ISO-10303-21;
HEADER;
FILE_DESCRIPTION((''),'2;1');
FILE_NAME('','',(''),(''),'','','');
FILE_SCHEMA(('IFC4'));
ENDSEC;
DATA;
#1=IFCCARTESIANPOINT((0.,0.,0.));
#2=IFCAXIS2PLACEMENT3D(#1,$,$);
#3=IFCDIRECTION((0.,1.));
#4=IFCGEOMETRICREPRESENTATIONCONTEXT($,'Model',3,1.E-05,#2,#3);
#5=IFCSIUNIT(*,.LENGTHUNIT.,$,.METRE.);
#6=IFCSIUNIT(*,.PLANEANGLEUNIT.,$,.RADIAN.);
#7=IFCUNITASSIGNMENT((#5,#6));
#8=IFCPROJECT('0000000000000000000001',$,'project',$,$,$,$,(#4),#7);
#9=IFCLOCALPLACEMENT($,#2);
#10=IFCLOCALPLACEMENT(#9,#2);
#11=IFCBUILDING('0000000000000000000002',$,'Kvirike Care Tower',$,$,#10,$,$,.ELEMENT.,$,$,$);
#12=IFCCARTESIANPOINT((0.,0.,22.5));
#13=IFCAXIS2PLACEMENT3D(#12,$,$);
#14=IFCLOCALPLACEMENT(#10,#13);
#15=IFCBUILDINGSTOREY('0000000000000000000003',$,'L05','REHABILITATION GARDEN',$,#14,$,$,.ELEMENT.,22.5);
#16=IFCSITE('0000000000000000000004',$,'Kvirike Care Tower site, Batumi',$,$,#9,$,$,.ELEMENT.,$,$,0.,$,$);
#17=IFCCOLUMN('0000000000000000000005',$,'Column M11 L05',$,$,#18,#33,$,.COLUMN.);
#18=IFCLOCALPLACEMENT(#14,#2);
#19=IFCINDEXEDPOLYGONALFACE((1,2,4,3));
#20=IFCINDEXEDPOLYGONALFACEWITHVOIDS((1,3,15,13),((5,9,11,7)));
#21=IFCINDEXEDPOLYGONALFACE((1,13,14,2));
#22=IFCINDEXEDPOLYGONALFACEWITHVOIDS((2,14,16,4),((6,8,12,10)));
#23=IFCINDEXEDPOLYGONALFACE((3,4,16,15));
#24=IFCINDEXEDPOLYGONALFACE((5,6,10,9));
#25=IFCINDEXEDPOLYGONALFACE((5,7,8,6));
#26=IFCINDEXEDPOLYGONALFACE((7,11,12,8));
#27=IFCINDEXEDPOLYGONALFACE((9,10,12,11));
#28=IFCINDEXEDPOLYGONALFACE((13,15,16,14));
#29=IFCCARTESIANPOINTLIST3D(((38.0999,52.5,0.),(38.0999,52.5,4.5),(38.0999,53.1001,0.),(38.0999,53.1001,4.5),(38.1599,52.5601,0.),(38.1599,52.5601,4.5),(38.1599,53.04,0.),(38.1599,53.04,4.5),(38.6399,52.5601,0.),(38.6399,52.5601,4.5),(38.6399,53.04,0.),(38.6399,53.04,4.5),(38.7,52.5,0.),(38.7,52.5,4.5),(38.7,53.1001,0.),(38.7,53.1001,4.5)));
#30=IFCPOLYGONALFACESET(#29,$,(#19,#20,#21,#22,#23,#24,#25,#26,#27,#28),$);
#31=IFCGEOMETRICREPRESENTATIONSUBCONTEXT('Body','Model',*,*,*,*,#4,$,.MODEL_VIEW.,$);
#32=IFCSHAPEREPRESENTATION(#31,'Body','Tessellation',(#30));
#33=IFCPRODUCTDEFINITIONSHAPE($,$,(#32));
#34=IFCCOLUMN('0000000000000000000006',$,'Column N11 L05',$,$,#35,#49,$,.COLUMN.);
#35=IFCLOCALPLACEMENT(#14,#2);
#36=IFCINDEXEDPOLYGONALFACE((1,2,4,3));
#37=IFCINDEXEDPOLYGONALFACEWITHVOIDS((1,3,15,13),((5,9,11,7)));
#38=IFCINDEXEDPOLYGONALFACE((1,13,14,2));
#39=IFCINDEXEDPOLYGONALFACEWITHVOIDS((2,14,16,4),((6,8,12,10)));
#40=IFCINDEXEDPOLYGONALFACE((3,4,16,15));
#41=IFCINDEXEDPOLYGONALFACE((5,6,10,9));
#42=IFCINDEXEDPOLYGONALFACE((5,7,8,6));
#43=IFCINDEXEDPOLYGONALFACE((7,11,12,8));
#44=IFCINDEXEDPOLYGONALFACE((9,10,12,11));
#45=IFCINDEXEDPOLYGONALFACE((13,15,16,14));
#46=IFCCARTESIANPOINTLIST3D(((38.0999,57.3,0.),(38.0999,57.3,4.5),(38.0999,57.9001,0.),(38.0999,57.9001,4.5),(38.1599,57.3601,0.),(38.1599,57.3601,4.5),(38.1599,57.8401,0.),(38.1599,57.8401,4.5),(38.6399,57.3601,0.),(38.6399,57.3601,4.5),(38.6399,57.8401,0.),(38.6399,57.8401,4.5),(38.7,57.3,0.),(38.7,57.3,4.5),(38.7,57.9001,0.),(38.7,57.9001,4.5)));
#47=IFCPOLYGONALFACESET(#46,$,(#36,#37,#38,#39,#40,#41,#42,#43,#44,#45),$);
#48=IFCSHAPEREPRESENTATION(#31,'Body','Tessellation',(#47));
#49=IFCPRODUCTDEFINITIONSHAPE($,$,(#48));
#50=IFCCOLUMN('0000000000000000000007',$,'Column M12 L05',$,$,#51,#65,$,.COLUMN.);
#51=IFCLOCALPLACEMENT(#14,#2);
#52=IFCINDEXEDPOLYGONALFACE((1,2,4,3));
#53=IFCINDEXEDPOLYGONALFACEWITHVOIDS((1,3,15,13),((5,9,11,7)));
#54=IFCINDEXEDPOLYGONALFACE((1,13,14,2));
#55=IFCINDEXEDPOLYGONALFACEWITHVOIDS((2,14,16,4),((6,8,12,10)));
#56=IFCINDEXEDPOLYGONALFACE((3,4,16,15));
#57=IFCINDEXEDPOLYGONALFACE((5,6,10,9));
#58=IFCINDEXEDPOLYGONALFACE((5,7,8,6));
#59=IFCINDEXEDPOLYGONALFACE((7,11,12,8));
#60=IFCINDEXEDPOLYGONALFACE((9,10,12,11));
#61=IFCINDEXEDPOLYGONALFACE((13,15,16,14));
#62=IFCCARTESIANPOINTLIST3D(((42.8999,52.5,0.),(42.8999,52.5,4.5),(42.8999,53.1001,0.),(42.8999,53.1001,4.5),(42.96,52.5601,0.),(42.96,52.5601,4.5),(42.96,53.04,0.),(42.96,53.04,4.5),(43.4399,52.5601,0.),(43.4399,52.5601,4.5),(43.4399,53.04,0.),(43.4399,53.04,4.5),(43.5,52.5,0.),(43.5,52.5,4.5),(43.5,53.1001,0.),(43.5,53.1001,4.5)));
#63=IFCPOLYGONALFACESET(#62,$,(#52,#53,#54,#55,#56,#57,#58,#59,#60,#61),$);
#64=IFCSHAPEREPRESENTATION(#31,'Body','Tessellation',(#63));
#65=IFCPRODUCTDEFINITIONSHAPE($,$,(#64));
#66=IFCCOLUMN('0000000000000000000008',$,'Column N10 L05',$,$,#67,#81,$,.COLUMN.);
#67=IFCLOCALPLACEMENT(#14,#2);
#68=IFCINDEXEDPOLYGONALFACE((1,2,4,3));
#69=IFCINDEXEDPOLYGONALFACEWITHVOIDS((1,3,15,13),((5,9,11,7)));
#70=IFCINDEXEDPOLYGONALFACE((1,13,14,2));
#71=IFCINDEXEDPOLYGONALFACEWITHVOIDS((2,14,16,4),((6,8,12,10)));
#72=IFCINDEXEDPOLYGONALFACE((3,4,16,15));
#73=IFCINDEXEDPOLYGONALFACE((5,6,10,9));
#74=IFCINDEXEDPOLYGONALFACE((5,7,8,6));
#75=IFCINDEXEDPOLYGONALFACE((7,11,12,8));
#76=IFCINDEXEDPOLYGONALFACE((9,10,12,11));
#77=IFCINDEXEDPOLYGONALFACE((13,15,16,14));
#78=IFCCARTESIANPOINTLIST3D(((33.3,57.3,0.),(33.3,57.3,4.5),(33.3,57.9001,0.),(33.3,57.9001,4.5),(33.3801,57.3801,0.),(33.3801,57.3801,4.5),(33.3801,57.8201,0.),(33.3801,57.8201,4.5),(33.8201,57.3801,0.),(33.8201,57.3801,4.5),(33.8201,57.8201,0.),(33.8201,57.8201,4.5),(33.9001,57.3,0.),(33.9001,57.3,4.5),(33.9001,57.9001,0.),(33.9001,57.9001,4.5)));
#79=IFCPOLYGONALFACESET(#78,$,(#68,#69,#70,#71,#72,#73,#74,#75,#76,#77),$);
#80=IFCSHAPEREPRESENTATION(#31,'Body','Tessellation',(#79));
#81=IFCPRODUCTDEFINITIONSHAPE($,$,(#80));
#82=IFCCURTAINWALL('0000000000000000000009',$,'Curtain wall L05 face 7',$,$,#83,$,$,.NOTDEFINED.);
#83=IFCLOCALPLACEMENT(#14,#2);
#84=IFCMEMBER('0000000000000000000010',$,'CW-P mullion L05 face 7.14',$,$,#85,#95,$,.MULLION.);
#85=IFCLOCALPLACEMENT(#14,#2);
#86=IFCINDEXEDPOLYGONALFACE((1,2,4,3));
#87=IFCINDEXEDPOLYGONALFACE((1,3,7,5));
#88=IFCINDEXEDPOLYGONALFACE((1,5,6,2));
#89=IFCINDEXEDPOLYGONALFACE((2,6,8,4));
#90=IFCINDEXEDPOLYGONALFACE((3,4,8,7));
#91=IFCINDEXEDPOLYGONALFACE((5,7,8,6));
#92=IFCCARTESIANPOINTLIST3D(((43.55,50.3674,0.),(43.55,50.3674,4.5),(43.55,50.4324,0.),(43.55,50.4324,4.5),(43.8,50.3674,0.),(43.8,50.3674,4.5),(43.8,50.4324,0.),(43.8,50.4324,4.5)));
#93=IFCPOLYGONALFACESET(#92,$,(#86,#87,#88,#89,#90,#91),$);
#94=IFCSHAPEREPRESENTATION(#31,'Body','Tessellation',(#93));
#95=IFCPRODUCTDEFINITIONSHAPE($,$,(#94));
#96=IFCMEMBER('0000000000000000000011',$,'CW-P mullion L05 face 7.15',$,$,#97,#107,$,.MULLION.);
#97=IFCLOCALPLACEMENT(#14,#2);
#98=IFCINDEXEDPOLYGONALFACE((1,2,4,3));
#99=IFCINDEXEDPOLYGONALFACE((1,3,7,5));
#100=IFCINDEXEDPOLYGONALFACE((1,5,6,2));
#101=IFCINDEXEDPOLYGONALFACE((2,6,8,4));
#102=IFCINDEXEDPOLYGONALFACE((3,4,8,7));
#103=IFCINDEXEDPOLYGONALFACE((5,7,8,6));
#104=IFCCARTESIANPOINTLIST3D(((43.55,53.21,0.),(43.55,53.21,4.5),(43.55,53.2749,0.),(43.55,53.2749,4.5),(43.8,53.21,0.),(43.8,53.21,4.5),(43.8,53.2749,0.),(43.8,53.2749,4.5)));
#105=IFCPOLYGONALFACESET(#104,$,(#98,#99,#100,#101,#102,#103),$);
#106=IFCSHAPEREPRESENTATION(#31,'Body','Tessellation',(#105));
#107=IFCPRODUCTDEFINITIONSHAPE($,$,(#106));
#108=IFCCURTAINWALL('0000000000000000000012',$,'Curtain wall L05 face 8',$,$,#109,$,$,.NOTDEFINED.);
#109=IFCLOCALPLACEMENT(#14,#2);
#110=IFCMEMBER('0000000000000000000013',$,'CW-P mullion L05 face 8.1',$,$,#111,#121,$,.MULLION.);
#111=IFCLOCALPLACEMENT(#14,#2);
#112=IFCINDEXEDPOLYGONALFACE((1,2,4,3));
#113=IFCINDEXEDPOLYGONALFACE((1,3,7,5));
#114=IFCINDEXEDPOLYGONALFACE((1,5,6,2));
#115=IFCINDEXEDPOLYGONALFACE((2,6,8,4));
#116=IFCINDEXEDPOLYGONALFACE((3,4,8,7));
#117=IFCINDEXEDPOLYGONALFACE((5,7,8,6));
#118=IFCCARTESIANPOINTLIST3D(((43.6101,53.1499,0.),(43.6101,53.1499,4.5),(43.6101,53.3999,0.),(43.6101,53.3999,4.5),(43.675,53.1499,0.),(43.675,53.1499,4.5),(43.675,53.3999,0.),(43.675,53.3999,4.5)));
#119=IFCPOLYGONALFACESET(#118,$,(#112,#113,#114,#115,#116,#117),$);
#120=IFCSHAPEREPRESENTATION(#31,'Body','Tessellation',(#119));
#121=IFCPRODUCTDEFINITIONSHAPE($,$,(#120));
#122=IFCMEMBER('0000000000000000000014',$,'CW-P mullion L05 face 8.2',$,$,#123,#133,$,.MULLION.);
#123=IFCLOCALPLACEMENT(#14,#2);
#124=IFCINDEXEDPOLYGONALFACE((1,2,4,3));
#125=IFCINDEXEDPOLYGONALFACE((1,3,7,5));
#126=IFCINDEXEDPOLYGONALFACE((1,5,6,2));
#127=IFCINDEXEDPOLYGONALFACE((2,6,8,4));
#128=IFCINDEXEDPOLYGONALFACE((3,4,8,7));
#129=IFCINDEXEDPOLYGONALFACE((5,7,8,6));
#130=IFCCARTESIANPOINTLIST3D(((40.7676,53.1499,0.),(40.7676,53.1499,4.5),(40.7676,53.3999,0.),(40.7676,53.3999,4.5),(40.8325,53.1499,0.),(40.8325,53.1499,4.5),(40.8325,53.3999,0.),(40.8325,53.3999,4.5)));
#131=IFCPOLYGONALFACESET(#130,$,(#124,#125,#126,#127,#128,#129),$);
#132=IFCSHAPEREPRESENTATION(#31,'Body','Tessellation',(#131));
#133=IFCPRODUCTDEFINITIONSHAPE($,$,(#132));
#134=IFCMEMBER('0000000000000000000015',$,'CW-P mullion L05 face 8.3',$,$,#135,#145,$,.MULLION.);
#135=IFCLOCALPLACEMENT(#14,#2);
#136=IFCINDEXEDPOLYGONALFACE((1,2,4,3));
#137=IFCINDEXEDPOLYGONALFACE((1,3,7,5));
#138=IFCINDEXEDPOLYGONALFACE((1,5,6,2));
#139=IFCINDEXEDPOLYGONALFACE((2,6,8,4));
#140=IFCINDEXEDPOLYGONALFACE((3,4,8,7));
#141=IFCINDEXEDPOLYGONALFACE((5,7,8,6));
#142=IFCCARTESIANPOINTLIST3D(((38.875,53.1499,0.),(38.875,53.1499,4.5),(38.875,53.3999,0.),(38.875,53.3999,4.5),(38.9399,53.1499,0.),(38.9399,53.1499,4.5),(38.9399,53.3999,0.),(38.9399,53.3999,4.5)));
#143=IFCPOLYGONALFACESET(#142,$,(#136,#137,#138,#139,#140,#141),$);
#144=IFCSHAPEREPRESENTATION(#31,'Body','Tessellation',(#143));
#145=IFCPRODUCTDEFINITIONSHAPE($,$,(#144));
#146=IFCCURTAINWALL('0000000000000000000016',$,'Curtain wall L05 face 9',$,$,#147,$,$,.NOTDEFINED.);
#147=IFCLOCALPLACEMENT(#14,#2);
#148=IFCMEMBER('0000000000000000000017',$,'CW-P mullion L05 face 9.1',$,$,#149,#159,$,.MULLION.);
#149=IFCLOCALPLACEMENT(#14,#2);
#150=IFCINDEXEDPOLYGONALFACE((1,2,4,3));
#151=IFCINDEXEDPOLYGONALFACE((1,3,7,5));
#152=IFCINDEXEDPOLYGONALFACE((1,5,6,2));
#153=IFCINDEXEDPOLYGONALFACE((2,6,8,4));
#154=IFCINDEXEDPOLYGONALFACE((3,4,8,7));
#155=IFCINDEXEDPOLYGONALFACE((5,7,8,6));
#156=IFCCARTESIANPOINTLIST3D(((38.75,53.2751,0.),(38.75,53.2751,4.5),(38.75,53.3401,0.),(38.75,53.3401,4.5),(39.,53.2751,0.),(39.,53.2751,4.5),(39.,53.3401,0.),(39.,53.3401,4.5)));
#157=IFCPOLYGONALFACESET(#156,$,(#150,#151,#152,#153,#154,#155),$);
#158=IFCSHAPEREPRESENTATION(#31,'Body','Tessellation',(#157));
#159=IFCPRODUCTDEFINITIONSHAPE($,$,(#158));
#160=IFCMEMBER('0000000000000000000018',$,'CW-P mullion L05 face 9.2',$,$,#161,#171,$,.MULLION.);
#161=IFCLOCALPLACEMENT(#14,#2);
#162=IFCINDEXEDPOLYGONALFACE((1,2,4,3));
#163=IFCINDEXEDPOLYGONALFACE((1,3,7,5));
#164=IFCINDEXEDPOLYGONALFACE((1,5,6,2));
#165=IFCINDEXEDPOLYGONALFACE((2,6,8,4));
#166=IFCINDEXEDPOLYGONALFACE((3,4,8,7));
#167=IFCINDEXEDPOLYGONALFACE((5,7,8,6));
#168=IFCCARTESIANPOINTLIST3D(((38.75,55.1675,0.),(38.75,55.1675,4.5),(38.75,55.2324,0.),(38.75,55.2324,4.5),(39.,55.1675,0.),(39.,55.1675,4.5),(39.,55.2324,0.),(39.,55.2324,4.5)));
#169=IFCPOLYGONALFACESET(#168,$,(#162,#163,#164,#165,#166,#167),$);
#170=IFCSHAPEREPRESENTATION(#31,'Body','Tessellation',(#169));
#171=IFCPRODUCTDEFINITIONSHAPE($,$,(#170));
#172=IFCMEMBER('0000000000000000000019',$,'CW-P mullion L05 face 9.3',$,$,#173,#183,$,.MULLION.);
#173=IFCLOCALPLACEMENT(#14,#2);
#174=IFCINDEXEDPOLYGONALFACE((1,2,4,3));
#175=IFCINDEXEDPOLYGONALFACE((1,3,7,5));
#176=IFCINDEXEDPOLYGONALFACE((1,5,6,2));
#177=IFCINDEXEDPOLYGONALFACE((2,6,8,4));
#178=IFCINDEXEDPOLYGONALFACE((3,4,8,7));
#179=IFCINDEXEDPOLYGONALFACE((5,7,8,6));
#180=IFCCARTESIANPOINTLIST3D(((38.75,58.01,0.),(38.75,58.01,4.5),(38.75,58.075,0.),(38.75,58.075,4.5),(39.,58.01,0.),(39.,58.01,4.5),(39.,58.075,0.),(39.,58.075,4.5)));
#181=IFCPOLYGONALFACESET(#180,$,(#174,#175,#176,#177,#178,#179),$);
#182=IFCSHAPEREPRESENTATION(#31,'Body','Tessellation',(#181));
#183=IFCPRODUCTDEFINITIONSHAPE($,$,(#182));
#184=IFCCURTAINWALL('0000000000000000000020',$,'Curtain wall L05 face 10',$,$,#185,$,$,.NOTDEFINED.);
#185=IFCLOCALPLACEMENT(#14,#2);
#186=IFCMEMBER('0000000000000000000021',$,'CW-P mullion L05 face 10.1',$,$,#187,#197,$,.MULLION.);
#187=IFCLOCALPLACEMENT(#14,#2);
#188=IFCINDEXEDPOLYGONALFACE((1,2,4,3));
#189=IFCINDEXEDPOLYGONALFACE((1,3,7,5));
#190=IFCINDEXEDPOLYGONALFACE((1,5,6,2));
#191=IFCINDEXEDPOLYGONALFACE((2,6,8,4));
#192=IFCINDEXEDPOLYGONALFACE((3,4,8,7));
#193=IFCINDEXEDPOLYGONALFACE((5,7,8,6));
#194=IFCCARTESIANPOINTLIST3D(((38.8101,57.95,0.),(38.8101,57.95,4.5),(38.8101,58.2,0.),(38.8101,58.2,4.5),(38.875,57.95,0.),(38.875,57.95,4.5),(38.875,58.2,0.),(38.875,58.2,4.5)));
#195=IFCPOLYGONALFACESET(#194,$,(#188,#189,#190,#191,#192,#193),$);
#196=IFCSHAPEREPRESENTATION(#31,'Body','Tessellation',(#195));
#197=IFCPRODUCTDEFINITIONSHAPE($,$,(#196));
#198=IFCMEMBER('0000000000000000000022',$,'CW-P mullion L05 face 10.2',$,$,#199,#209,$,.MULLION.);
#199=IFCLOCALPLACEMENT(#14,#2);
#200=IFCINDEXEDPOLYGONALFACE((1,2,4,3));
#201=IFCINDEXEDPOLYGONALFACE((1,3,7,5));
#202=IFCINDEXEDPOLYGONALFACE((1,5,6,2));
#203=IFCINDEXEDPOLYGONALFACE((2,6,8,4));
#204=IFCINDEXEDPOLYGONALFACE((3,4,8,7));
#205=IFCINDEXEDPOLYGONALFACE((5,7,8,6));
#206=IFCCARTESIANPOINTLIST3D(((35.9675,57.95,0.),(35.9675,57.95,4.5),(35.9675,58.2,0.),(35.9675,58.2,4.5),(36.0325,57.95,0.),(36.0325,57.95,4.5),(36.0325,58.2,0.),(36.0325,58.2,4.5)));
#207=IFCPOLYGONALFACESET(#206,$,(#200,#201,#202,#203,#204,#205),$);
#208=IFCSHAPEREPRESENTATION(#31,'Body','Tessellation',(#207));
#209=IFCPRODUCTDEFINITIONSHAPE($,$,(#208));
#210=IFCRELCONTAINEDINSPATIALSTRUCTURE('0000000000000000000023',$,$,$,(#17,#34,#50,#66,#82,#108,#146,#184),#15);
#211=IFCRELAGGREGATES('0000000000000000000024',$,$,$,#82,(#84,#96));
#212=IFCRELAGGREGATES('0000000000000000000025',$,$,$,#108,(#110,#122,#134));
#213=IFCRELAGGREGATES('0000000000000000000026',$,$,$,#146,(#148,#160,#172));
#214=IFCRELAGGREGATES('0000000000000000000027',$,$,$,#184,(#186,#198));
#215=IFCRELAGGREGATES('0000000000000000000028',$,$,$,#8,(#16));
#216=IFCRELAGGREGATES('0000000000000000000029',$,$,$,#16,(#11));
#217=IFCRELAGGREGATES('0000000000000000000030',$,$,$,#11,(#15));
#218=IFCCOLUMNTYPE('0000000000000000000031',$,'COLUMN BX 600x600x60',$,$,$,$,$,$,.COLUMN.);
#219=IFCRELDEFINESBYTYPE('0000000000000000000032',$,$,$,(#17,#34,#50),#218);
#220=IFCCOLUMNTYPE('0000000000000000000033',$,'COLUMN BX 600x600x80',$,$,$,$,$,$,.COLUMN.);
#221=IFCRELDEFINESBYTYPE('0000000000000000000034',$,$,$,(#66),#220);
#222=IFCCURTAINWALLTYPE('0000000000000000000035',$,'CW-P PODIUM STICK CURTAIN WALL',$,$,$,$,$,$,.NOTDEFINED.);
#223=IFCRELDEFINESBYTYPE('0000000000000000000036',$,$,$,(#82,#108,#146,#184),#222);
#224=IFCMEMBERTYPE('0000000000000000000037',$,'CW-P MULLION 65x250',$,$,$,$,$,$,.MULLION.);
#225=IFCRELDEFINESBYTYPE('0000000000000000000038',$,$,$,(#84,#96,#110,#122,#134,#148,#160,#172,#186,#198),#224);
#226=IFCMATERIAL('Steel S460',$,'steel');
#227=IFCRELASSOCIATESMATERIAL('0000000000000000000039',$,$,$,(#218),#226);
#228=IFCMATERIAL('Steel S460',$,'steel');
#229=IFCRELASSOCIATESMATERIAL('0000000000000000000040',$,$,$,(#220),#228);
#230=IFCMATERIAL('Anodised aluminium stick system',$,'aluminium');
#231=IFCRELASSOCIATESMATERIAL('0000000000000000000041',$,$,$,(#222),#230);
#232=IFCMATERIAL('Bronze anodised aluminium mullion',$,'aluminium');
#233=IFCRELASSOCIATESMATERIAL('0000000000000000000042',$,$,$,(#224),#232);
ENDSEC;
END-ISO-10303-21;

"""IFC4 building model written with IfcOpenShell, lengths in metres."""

from ifc_helpers import new_model, si_unit, direction, frame, origin, origin_2d, place, context, subcontext, project, spatial, rectangle, hollow_rectangle, extrude, material, material_profile, profile_set, type_object, element, aggregate, save


model = new_model("IFC4")

# Units and contexts
model_context = context("Model", 3, precision=1e-05, world=origin(), true_north=direction((0.0, 1.0)))
body_context = subcontext(model_context, "Body", "Model", "MODEL_VIEW")
ifc_project = project(units=[si_unit("LENGTHUNIT", "METRE"), si_unit("PLANEANGLEUNIT", "RADIAN")], contexts=[model_context])

# Site, building, storey
site_placement = place(None, origin())
site = spatial("IfcSite", under=ifc_project, at=site_placement, Name="Kvirike Care Tower site, Batumi", CompositionType="ELEMENT", RefElevation=0.0)
building_placement = place(site_placement, origin())
building = spatial("IfcBuilding", under=site, at=building_placement, Name="Kvirike Care Tower", CompositionType="ELEMENT")
storey_placement = place(building_placement, frame((0.0, 0.0, 22.5)))
storey = spatial("IfcBuildingStorey", under=building, at=storey_placement, Name="L05", Description="REHABILITATION GARDEN", CompositionType="ELEMENT", Elevation=22.5)

# Columns
ifc_material_1 = material(Name="Steel S460", Category="steel")
ifc_material_profile_1 = material_profile(ifc_material_1, hollow_rectangle(XDim=0.6001, YDim=0.6001, WallThickness=0.0601, at=origin_2d()), Name="BX 600x600x60")
ifc_profile_set_1 = profile_set([ifc_material_profile_1], Name="Steel S460")
column_type_1 = type_object("IfcColumnType", Name="COLUMN BX 600x600x60", PredefinedType="COLUMN", material=ifc_profile_set_1)
for number, where, z_axis, x_axis, name in (
    (1, (38.3999, 52.8, 0.0), (0.0, 0.0, 1.0), (0.0, 1.0, 0.0), "Column M11 L05"),
    (2, (38.3999, 57.6001, 0.0), (0.0, 0.0, 1.0), (0.0, 1.0, 0.0), "Column N11 L05"),
    (3, (43.2, 52.8, 0.0), (0.0, 0.0, 1.0), (0.0, 1.0, 0.0), "Column M12 L05"),
):
    element("IfcColumn", number, at=place(storey_placement, frame(where, z_axis=z_axis, x_axis=x_axis)), inside=storey, type_object=column_type_1, Name=name, PredefinedType="COLUMN", context=body_context, shape_type="SweptSolid", body=[
        extrude(hollow_rectangle(XDim=0.6001, YDim=0.6001, WallThickness=0.0601, at=origin_2d()), origin(), (0.0, 0.0, 1.0), 4.5),
    ])
ifc_material_2 = material(Name="Steel S460", Category="steel")
ifc_material_profile_2 = material_profile(ifc_material_2, hollow_rectangle(XDim=0.6001, YDim=0.6001, WallThickness=0.0801, at=origin_2d()), Name="BX 600x600x80")
ifc_profile_set_2 = profile_set([ifc_material_profile_2], Name="Steel S460")
column_type_2 = type_object("IfcColumnType", Name="COLUMN BX 600x600x80", PredefinedType="COLUMN", material=ifc_profile_set_2)
column_placement = place(storey_placement, frame((33.6001, 57.6001, 0.0), z_axis=(0.0, 0.0, 1.0), x_axis=(0.0, 1.0, 0.0)))
element("IfcColumn", 4, at=column_placement, inside=storey, type_object=column_type_2, Name="Column N10 L05", PredefinedType="COLUMN", context=body_context, shape_type="SweptSolid", body=[
    extrude(hollow_rectangle(XDim=0.6001, YDim=0.6001, WallThickness=0.0801, at=origin_2d()), origin(), (0.0, 0.0, 1.0), 4.5),
])

# Curtain walls, members
ifc_material_3 = material(Name="Anodised aluminium stick system", Category="aluminium")
curtain_wall_type = type_object("IfcCurtainWallType", Name="CW-P PODIUM STICK CURTAIN WALL", PredefinedType="NOTDEFINED", material=ifc_material_3)
curtain_wall_1_placement = place(storey_placement, origin())
curtain_wall_1 = element("IfcCurtainWall", 5, at=curtain_wall_1_placement, inside=storey, type_object=curtain_wall_type, Name="Curtain wall L05 face 7", PredefinedType="NOTDEFINED")
ifc_material_4 = material(Name="Bronze anodised aluminium mullion", Category="aluminium")
ifc_material_profile_3 = material_profile(ifc_material_4, rectangle(XDim=0.0649, YDim=0.25, at=origin_2d()), Name="CW-P MULLION 65x250")
ifc_profile_set_3 = profile_set([ifc_material_profile_3], Name="Bronze anodised aluminium mullion")
member_type_1 = type_object("IfcMemberType", Name="CW-P MULLION 65x250", PredefinedType="MULLION", material=ifc_profile_set_3)
member_1_placement = place(storey_placement, frame((43.675, 50.3999, 0.0), z_axis=(0.0, 0.0, 1.0), x_axis=(0.0, 1.0, 0.0)))
member_1 = element("IfcMember", 6, at=member_1_placement, type_object=member_type_1, Name="CW-P mullion L05 face 7.14", PredefinedType="MULLION", context=body_context, shape_type="SweptSolid", body=[
    extrude(rectangle(XDim=0.0649, YDim=0.25, at=origin_2d()), origin(), (0.0, 0.0, 1.0), 4.5),
])
member_2_placement = place(storey_placement, frame((43.675, 53.2424, 0.0), z_axis=(0.0, 0.0, 1.0), x_axis=(0.0, 1.0, 0.0)))
member_2 = element("IfcMember", 7, at=member_2_placement, type_object=member_type_1, Name="CW-P mullion L05 face 7.15", PredefinedType="MULLION", context=body_context, shape_type="SweptSolid", body=[
    extrude(rectangle(XDim=0.0649, YDim=0.25, at=origin_2d()), origin(), (0.0, 0.0, 1.0), 4.5),
])
curtain_wall_2_placement = place(storey_placement, origin())
curtain_wall_2 = element("IfcCurtainWall", 8, at=curtain_wall_2_placement, inside=storey, type_object=curtain_wall_type, Name="Curtain wall L05 face 8", PredefinedType="NOTDEFINED")
member_3_placement = place(storey_placement, frame((43.6426, 53.2749, 0.0), z_axis=(0.0, 0.0, 1.0), x_axis=(-1.0, 0.0, 0.0)))
member_3 = element("IfcMember", 9, at=member_3_placement, type_object=member_type_1, Name="CW-P mullion L05 face 8.1", PredefinedType="MULLION", context=body_context, shape_type="SweptSolid", body=[
    extrude(rectangle(XDim=0.0649, YDim=0.25, at=origin_2d()), origin(), (0.0, 0.0, 1.0), 4.5),
])
member_4_placement = place(storey_placement, frame((40.8, 53.2749, 0.0), z_axis=(0.0, 0.0, 1.0), x_axis=(-1.0, 0.0, 0.0)))
member_4 = element("IfcMember", 10, at=member_4_placement, type_object=member_type_1, Name="CW-P mullion L05 face 8.2", PredefinedType="MULLION", context=body_context, shape_type="SweptSolid", body=[
    extrude(rectangle(XDim=0.0649, YDim=0.25, at=origin_2d()), origin(), (0.0, 0.0, 1.0), 4.5),
])
member_5_placement = place(storey_placement, frame((38.9075, 53.2749, 0.0), z_axis=(0.0, 0.0, 1.0), x_axis=(-1.0, 0.0, 0.0)))
member_5 = element("IfcMember", 11, at=member_5_placement, type_object=member_type_1, Name="CW-P mullion L05 face 8.3", PredefinedType="MULLION", context=body_context, shape_type="SweptSolid", body=[
    extrude(rectangle(XDim=0.0649, YDim=0.25, at=origin_2d()), origin(), (0.0, 0.0, 1.0), 4.5),
])
curtain_wall_3_placement = place(storey_placement, origin())
curtain_wall_3 = element("IfcCurtainWall", 12, at=curtain_wall_3_placement, inside=storey, type_object=curtain_wall_type, Name="Curtain wall L05 face 9", PredefinedType="NOTDEFINED")
member_6_placement = place(storey_placement, frame((38.875, 53.3076, 0.0), z_axis=(0.0, 0.0, 1.0), x_axis=(0.0, 1.0, 0.0)))
member_6 = element("IfcMember", 13, at=member_6_placement, type_object=member_type_1, Name="CW-P mullion L05 face 9.1", PredefinedType="MULLION", context=body_context, shape_type="SweptSolid", body=[
    extrude(rectangle(XDim=0.0649, YDim=0.25, at=origin_2d()), origin(), (0.0, 0.0, 1.0), 4.5),
])
member_7_placement = place(storey_placement, frame((38.875, 55.2, 0.0), z_axis=(0.0, 0.0, 1.0), x_axis=(0.0, 1.0, 0.0)))
member_7 = element("IfcMember", 14, at=member_7_placement, type_object=member_type_1, Name="CW-P mullion L05 face 9.2", PredefinedType="MULLION", context=body_context, shape_type="SweptSolid", body=[
    extrude(rectangle(XDim=0.0649, YDim=0.25, at=origin_2d()), origin(), (0.0, 0.0, 1.0), 4.5),
])
member_8_placement = place(storey_placement, frame((38.875, 58.0425, 0.0), z_axis=(0.0, 0.0, 1.0), x_axis=(0.0, 1.0, 0.0)))
member_8 = element("IfcMember", 15, at=member_8_placement, type_object=member_type_1, Name="CW-P mullion L05 face 9.3", PredefinedType="MULLION", context=body_context, shape_type="SweptSolid", body=[
    extrude(rectangle(XDim=0.0649, YDim=0.25, at=origin_2d()), origin(), (0.0, 0.0, 1.0), 4.5),
])
curtain_wall_4_placement = place(storey_placement, origin())
curtain_wall_4 = element("IfcCurtainWall", 16, at=curtain_wall_4_placement, inside=storey, type_object=curtain_wall_type, Name="Curtain wall L05 face 10", PredefinedType="NOTDEFINED")
member_9_placement = place(storey_placement, frame((38.8425, 58.075, 0.0), z_axis=(0.0, 0.0, 1.0), x_axis=(-1.0, 0.0, 0.0)))
member_9 = element("IfcMember", 17, at=member_9_placement, type_object=member_type_1, Name="CW-P mullion L05 face 10.1", PredefinedType="MULLION", context=body_context, shape_type="SweptSolid", body=[
    extrude(rectangle(XDim=0.0649, YDim=0.25, at=origin_2d()), origin(), (0.0, 0.0, 1.0), 4.5),
])
member_10_placement = place(storey_placement, frame((36.0, 58.075, 0.0), z_axis=(0.0, 0.0, 1.0), x_axis=(-1.0, 0.0, 0.0)))
member_10 = element("IfcMember", 18, at=member_10_placement, type_object=member_type_1, Name="CW-P mullion L05 face 10.2", PredefinedType="MULLION", context=body_context, shape_type="SweptSolid", body=[
    extrude(rectangle(XDim=0.0649, YDim=0.25, at=origin_2d()), origin(), (0.0, 0.0, 1.0), 4.5),
])

aggregate(curtain_wall_1, [member_1, member_2])
aggregate(curtain_wall_2, [member_3, member_4, member_5])
aggregate(curtain_wall_3, [member_6, member_7, member_8])
aggregate(curtain_wall_4, [member_9, member_10])

save(model, "model.ifc")
